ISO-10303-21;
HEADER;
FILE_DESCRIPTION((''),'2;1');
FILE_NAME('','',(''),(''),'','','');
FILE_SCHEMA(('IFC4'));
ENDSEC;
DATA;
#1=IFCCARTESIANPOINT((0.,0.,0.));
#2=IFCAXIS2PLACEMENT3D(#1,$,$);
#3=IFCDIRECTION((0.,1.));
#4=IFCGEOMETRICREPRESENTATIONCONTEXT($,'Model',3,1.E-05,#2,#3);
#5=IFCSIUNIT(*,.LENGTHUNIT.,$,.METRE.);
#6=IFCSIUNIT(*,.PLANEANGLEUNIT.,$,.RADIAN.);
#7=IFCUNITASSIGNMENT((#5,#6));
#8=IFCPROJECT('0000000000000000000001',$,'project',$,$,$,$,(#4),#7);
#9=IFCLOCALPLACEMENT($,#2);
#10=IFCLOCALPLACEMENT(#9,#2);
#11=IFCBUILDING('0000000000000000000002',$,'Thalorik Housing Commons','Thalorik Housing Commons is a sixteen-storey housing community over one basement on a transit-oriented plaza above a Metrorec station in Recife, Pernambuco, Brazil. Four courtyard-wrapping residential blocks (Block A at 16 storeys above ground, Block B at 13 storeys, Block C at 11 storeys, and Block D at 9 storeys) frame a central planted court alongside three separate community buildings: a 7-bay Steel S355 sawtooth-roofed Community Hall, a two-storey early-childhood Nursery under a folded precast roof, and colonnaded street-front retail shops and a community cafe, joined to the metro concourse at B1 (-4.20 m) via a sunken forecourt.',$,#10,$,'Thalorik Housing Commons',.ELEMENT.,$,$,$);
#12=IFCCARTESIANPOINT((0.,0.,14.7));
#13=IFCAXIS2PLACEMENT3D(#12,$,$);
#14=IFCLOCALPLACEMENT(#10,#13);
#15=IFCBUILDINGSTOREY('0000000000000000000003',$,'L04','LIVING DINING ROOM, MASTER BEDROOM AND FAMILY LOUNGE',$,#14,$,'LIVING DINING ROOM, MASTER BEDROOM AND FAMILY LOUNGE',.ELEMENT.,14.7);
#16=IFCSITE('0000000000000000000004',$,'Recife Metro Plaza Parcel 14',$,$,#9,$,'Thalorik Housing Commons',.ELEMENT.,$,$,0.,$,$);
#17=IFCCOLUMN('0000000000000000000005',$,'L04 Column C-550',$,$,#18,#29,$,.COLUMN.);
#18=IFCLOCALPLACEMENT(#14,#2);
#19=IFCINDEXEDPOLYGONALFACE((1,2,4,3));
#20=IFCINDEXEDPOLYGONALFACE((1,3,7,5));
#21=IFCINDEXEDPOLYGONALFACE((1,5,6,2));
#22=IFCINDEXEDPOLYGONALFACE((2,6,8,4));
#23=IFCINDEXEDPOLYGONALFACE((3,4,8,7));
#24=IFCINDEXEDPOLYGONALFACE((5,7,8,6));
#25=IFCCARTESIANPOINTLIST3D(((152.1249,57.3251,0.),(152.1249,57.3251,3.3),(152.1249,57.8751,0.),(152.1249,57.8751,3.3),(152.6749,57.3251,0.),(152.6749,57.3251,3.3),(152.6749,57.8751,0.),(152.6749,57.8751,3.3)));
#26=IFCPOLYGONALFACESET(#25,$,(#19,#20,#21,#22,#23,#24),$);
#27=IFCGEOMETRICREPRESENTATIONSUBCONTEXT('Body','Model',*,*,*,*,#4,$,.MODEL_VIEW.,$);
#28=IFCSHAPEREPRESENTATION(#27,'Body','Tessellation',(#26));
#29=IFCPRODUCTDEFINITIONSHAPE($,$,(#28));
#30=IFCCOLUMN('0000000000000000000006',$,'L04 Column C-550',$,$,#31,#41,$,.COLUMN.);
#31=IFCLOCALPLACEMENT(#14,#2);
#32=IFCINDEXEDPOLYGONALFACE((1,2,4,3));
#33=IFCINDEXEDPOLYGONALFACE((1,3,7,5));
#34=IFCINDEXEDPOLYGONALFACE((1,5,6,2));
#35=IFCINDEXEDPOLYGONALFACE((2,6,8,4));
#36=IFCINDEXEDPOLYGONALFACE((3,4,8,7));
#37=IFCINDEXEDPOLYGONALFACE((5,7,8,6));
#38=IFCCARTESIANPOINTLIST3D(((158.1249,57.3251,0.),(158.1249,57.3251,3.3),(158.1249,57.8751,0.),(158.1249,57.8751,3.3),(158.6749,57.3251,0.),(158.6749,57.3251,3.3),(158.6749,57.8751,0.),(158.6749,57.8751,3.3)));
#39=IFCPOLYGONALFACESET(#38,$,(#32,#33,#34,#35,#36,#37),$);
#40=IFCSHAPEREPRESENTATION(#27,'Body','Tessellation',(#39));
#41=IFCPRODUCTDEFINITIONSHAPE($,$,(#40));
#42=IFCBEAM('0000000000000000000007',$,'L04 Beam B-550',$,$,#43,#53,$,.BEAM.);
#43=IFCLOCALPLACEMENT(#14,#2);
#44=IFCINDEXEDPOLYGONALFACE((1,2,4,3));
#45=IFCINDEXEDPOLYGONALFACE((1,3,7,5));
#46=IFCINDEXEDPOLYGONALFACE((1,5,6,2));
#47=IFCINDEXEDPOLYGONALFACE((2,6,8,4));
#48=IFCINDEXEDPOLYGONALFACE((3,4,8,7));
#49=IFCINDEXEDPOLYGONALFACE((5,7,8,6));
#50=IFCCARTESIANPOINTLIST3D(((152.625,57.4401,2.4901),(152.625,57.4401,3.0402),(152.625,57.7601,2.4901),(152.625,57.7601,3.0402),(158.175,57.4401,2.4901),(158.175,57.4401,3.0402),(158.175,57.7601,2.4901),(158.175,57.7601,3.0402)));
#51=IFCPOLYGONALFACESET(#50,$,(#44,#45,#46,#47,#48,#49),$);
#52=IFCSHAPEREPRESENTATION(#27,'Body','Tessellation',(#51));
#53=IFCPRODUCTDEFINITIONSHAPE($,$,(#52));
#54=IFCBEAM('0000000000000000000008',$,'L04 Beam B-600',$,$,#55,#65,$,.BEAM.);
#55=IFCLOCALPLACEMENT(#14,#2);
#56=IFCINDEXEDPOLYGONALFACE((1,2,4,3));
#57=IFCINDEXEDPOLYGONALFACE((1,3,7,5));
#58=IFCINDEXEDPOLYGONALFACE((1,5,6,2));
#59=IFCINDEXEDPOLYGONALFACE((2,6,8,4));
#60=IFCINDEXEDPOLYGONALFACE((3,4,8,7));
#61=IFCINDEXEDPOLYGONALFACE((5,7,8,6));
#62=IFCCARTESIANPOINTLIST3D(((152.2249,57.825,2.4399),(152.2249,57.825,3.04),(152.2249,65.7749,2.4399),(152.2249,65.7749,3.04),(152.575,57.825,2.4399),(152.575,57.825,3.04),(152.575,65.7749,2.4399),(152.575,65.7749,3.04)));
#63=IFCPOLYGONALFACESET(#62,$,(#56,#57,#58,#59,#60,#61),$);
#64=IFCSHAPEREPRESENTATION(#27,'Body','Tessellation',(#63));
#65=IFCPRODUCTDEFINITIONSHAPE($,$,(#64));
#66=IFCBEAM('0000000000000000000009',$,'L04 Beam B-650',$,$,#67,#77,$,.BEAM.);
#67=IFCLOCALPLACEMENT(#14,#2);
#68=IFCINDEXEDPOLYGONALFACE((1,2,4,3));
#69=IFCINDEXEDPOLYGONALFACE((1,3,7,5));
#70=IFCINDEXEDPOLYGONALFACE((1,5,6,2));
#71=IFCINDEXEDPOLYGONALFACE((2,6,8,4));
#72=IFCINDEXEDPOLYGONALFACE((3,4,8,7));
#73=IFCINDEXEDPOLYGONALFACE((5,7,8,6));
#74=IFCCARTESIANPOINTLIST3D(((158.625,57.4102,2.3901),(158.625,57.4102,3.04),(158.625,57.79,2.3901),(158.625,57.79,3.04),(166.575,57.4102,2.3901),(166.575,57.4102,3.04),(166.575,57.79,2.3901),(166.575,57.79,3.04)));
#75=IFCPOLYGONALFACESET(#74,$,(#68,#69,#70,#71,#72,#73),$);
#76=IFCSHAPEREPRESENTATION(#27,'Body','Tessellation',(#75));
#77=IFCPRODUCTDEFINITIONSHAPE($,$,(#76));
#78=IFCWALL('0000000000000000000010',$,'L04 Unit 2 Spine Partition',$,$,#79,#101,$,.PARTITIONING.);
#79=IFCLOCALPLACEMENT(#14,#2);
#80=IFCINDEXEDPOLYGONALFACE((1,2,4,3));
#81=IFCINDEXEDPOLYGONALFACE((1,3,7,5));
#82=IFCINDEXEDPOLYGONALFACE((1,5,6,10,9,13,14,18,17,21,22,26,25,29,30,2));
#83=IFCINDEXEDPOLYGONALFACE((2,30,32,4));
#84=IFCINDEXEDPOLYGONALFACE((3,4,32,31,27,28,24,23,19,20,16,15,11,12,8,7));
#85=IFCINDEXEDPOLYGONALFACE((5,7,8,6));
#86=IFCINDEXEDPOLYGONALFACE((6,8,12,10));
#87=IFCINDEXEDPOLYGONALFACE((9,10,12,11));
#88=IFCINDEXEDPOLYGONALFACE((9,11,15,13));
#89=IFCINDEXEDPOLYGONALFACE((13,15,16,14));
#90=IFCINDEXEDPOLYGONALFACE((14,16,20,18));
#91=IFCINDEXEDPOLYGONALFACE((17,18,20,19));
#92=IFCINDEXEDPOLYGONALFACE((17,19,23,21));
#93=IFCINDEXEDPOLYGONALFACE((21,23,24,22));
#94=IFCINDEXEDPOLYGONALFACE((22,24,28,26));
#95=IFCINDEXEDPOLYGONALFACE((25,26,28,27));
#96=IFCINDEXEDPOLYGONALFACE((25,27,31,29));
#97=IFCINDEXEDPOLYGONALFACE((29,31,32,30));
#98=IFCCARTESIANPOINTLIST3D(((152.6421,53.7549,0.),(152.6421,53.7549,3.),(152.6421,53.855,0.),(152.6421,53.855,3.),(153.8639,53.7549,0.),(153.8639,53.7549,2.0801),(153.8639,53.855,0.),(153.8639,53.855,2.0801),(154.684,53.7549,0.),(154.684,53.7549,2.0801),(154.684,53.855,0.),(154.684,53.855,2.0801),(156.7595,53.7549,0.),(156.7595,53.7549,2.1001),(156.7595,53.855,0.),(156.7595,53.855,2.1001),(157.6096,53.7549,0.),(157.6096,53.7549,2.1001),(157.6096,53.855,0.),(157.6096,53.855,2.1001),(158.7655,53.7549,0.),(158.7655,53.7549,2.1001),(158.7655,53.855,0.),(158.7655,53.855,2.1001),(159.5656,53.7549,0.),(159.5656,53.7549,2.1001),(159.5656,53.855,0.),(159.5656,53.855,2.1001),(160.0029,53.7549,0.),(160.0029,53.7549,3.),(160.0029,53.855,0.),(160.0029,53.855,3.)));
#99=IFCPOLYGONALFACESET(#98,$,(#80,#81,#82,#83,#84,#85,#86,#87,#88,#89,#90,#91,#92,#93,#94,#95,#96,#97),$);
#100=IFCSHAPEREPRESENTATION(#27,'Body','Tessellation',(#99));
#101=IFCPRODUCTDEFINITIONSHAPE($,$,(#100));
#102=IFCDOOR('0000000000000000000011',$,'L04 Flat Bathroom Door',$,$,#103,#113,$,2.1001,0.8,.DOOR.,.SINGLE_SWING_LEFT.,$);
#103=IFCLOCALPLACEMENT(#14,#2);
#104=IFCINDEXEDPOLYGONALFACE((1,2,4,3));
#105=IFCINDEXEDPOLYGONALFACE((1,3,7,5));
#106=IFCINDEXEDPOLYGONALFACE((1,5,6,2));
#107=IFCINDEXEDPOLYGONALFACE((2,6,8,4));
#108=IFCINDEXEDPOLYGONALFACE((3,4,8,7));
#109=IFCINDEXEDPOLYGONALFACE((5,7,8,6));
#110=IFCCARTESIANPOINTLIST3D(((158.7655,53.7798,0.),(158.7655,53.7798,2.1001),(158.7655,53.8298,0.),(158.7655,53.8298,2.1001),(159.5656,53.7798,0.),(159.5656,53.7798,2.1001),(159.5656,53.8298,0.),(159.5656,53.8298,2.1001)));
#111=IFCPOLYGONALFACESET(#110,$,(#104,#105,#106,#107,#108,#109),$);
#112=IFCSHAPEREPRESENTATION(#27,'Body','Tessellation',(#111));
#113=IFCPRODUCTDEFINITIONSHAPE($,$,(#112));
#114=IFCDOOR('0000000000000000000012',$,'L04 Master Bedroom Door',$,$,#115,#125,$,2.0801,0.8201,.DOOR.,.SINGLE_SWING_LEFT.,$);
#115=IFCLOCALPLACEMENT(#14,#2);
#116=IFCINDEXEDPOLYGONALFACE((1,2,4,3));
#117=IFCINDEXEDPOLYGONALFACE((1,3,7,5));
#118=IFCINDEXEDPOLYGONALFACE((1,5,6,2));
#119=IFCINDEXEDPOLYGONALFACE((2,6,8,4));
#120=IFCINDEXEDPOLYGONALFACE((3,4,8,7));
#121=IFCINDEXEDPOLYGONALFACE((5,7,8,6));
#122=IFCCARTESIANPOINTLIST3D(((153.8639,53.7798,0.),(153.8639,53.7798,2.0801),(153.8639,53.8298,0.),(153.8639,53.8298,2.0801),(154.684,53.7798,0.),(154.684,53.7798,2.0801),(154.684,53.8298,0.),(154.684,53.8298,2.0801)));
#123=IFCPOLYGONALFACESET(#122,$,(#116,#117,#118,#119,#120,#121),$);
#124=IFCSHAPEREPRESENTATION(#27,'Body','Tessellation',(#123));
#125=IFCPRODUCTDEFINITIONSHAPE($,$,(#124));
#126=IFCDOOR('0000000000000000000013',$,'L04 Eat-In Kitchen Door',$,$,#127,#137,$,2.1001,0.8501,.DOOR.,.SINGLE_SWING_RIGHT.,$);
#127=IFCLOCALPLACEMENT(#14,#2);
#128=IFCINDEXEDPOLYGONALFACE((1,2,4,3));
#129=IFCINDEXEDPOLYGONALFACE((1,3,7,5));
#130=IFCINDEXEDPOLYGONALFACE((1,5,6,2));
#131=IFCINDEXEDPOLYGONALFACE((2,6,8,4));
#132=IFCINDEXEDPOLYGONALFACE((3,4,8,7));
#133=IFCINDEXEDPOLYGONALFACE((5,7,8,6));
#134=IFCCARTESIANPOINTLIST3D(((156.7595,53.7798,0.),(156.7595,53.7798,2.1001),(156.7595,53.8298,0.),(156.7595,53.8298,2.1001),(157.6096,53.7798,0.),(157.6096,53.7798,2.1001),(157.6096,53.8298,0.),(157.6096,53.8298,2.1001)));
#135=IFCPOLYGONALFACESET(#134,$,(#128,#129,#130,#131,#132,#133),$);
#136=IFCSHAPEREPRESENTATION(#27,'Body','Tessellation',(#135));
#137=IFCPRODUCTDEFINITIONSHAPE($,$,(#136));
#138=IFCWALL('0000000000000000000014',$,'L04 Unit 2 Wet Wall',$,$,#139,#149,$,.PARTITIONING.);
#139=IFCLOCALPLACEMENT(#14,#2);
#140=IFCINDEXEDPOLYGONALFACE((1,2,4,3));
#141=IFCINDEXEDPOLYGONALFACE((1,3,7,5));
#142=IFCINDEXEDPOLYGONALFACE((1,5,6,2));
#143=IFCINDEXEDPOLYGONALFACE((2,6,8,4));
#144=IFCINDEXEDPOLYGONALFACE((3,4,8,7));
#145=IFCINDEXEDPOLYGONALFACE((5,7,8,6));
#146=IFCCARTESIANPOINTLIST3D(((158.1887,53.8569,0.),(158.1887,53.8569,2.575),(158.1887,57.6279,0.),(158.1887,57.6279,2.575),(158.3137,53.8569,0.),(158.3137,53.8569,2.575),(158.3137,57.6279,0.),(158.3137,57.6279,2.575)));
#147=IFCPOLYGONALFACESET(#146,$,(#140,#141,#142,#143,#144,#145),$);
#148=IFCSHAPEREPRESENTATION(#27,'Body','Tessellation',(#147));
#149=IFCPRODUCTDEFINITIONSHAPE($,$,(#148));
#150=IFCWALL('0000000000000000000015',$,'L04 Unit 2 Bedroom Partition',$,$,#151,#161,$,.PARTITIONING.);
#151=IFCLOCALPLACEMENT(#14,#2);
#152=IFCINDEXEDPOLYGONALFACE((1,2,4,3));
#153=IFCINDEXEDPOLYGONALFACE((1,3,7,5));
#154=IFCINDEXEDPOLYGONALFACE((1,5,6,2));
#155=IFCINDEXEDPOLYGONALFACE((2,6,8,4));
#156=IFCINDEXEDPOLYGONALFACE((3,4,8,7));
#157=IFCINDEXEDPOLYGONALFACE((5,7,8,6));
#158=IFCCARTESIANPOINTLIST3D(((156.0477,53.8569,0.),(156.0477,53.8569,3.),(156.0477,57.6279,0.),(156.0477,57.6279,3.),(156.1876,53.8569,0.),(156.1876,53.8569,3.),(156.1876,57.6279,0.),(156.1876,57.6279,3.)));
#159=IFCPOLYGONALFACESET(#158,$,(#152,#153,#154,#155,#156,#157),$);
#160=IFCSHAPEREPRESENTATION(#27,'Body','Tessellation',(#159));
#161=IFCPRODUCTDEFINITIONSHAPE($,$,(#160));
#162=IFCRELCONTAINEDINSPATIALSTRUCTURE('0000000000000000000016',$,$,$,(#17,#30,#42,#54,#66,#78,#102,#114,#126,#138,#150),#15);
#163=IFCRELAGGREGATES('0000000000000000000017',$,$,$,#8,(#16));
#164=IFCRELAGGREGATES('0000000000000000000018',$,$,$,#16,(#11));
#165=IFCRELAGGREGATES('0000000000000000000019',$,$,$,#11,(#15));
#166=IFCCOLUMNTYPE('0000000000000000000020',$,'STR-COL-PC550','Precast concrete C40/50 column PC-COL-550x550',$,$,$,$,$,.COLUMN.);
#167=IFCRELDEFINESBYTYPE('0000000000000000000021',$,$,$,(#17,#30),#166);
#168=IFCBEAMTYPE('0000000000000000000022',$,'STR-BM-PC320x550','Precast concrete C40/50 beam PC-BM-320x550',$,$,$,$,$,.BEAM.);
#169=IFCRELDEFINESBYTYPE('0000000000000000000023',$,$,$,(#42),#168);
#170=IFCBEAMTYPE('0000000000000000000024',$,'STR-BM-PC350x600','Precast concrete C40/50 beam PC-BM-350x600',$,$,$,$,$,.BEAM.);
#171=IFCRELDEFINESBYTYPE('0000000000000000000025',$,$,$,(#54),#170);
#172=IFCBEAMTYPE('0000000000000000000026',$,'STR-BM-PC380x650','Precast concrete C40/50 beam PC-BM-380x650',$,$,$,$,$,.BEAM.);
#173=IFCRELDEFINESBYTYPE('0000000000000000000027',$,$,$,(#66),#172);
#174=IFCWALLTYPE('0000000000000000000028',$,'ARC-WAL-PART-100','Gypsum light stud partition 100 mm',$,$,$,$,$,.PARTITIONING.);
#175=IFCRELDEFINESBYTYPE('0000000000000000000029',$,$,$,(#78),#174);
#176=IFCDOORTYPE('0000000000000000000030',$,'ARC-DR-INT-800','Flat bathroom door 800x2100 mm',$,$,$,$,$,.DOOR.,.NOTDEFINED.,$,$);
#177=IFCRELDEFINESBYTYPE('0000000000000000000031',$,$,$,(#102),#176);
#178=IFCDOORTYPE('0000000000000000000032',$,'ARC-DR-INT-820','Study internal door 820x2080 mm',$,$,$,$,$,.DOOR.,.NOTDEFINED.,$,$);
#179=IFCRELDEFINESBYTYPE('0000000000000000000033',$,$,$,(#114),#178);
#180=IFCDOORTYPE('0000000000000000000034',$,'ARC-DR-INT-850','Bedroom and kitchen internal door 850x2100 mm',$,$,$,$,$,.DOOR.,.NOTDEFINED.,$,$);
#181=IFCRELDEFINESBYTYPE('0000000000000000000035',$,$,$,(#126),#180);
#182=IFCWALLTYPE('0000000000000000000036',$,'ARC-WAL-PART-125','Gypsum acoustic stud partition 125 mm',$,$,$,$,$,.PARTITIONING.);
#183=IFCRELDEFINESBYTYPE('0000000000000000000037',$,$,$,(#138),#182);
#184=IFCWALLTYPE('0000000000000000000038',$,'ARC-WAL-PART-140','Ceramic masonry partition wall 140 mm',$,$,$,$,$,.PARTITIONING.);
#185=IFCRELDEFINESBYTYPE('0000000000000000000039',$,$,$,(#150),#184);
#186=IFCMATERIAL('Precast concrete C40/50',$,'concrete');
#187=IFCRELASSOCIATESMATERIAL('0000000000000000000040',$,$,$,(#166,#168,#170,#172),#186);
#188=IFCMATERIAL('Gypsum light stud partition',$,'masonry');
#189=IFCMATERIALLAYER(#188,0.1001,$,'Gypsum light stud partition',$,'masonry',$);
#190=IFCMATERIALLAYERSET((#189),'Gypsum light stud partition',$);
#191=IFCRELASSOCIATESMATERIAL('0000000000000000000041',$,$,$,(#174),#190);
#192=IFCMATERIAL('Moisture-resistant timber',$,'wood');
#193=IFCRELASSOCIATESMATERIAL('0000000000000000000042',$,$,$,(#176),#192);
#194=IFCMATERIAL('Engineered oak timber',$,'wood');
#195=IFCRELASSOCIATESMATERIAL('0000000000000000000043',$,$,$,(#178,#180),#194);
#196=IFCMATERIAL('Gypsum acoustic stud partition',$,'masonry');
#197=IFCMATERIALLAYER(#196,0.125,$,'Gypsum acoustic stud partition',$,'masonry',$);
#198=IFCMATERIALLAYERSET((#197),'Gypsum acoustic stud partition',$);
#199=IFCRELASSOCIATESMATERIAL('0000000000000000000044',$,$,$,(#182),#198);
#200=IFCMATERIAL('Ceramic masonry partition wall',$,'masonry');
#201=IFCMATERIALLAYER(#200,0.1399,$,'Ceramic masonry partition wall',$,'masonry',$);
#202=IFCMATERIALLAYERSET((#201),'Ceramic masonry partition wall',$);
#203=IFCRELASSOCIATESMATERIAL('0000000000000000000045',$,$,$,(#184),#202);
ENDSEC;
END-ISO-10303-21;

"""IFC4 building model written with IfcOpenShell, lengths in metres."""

from ifc_helpers import new_model, si_unit, direction, frame, frame_2d, origin, origin_2d, place, context, subcontext, project, spatial, rectangle, extrude, material, layer, layer_set, material_profile, profile_set, type_object, element, fill, save


model = new_model("IFC4")

# Units and contexts
model_context = context("Model", 3, precision=1e-05, world=origin(), true_north=direction((0.0, 1.0)))
body_context = subcontext(model_context, "Body", "Model", "MODEL_VIEW")
ifc_project = project(units=[si_unit("LENGTHUNIT", "METRE"), si_unit("PLANEANGLEUNIT", "RADIAN")], contexts=[model_context])

# Site, building, storey
site_placement = place(None, origin())
site = spatial("IfcSite", under=ifc_project, at=site_placement, Name="Recife Metro Plaza Parcel 14", LongName="Thalorik Housing Commons", CompositionType="ELEMENT", RefElevation=0.0)
building_placement = place(site_placement, origin())
building = spatial("IfcBuilding", under=site, at=building_placement, Name="Thalorik Housing Commons", Description="Thalorik Housing Commons is a sixteen-storey housing community over one basement on a transit-oriented plaza above a Metrorec station in Recife, Pernambuco, Brazil. Four courtyard-wrapping residential blocks (Block A at 16 storeys above ground, Block B at 13 storeys, Block C at 11 storeys, and Block D at 9 storeys) frame a central planted court alongside three separate community buildings: a 7-bay Steel S355 sawtooth-roofed Community Hall, a two-storey early-childhood Nursery under a folded precast roof, and colonnaded street-front retail shops and a community cafe, joined to the metro concourse at B1 (-4.20 m) via a sunken forecourt.", LongName="Thalorik Housing Commons", CompositionType="ELEMENT")
storey_placement = place(building_placement, frame((0.0, 0.0, 14.7)))
storey = spatial("IfcBuildingStorey", under=building, at=storey_placement, Name="L04", Description="LIVING DINING ROOM, MASTER BEDROOM AND FAMILY LOUNGE", LongName="LIVING DINING ROOM, MASTER BEDROOM AND FAMILY LOUNGE", CompositionType="ELEMENT", Elevation=14.7)

# Columns
ifc_material_1 = material(Name="Precast concrete C40/50", Category="concrete")
ifc_material_profile_1 = material_profile(ifc_material_1, rectangle(XDim=0.55, YDim=0.55, at=origin_2d()), Name="PC 550x550", Category="concrete")
ifc_profile_set_1 = profile_set([ifc_material_profile_1], Name="Precast concrete C40/50")
column_type = type_object("IfcColumnType", Name="STR-COL-PC550", Description="Precast concrete C40/50 column PC-COL-550x550", PredefinedType="COLUMN", material=ifc_profile_set_1)
for number, where, z_axis, x_axis, name in (
    (1, (152.3999, 57.6001, 0.0), (0.0, 0.0, 1.0), (1.0, 0.0, 0.0), "L04 Column C-550"),
    (2, (158.3999, 57.6001, 0.0), (0.0, 0.0, 1.0), (1.0, 0.0, 0.0), "L04 Column C-550"),
):
    element("IfcColumn", number, at=place(storey_placement, frame(where, z_axis=z_axis, x_axis=x_axis)), inside=storey, type_object=column_type, Name=name, PredefinedType="COLUMN", context=body_context, shape_type="SweptSolid", body=[
        extrude(rectangle(XDim=0.55, YDim=0.55, at=origin_2d()), origin(), (0.0, 0.0, 1.0), 3.3),
    ])

# Beams
ifc_material_profile_2 = material_profile(ifc_material_1, rectangle(XDim=0.3201, YDim=0.55, at=origin_2d()), Name="PC 320x550", Category="concrete")
ifc_profile_set_2 = profile_set([ifc_material_profile_2], Name="Precast concrete C40/50")
beam_type_1 = type_object("IfcBeamType", Name="STR-BM-PC320x550", Description="Precast concrete C40/50 beam PC-BM-320x550", PredefinedType="BEAM", material=ifc_profile_set_2)
beam_1_placement = place(storey_placement, frame((152.625, 57.6001, 2.7651), z_axis=(1.0, 0.0, 0.0), x_axis=(0.0, 1.0, 0.0)))
element("IfcBeam", 3, at=beam_1_placement, inside=storey, type_object=beam_type_1, Name="L04 Beam B-550", PredefinedType="BEAM", context=body_context, shape_type="SweptSolid", body=[
    extrude(rectangle(XDim=0.3201, YDim=0.55, at=origin_2d()), origin(), (0.0, 0.0, 1.0), 5.55),
])
ifc_material_profile_3 = material_profile(ifc_material_1, rectangle(XDim=0.3501, YDim=0.6001, at=origin_2d()), Name="PC 350x600", Category="concrete")
ifc_profile_set_3 = profile_set([ifc_material_profile_3], Name="Precast concrete C40/50")
beam_type_2 = type_object("IfcBeamType", Name="STR-BM-PC350x600", Description="Precast concrete C40/50 beam PC-BM-350x600", PredefinedType="BEAM", material=ifc_profile_set_3)
beam_2_placement = place(storey_placement, frame((152.3999, 57.825, 2.74), z_axis=(0.0, 1.0, 0.0), x_axis=(-1.0, 0.0, 0.0)))
element("IfcBeam", 4, at=beam_2_placement, inside=storey, type_object=beam_type_2, Name="L04 Beam B-600", PredefinedType="BEAM", context=body_context, shape_type="SweptSolid", body=[
    extrude(rectangle(XDim=0.3501, YDim=0.6001, at=origin_2d()), origin(), (0.0, 0.0, 1.0), 7.95),
])
ifc_material_profile_4 = material_profile(ifc_material_1, rectangle(XDim=0.3799, YDim=0.6499, at=origin_2d()), Name="PC 380x650", Category="concrete")
ifc_profile_set_4 = profile_set([ifc_material_profile_4], Name="Precast concrete C40/50")
beam_type_3 = type_object("IfcBeamType", Name="STR-BM-PC380x650", Description="Precast concrete C40/50 beam PC-BM-380x650", PredefinedType="BEAM", material=ifc_profile_set_4)
beam_3_placement = place(storey_placement, frame((158.625, 57.6001, 2.7151), z_axis=(1.0, 0.0, 0.0), x_axis=(0.0, 1.0, 0.0)))
element("IfcBeam", 5, at=beam_3_placement, inside=storey, type_object=beam_type_3, Name="L04 Beam B-650", PredefinedType="BEAM", context=body_context, shape_type="SweptSolid", body=[
    extrude(rectangle(XDim=0.3799, YDim=0.6499, at=origin_2d()), origin(), (0.0, 0.0, 1.0), 7.95),
])

# Wall, openings, doors
ifc_material_2 = material(Name="Gypsum light stud partition", Category="masonry")
ifc_layer_1 = layer(ifc_material_2, 0.1001, Name="Gypsum light stud partition", Category="masonry")
ifc_layer_set_1 = layer_set([ifc_layer_1], Name="Gypsum light stud partition")
wall_type_1 = type_object("IfcWallType", Name="ARC-WAL-PART-100", Description="Gypsum light stud partition 100 mm", PredefinedType="PARTITIONING", material=ifc_layer_set_1)
wall_1_placement = place(storey_placement, frame((152.6421, 53.8049, 0.0), z_axis=(0.0, 0.0, 1.0), x_axis=(1.0, 0.0, 0.0)))
wall_1 = element("IfcWall", 6, at=wall_1_placement, inside=storey, type_object=wall_type_1, Name="L04 Unit 2 Spine Partition", PredefinedType="PARTITIONING", context=body_context, shape_type="SweptSolid", body=[
    extrude(rectangle(XDim=7.3608, YDim=0.1001, at=frame_2d((3.6804, 0.0))), origin(), (0.0, 0.0, 1.0), 3.0),
])
opening_1_placement = place(wall_1_placement, frame((1.2217, 0.0, 0.0)))
opening_1 = element("IfcOpeningElement", 7, at=opening_1_placement, cuts=wall_1, PredefinedType="OPENING", context=body_context, shape_type="SweptSolid", body=[
    extrude(rectangle(XDim=0.8201, YDim=2.0801, at=frame_2d((0.4102, 1.04))), frame((0.0, 0.0601, 0.0), z_axis=(0.0, -1.0, 0.0), x_axis=(1.0, 0.0, 0.0)), (0.0, 0.0, 1.0), 0.1201),
])
opening_2_placement = place(wall_1_placement, frame((4.1174, 0.0, 0.0)))
opening_2 = element("IfcOpeningElement", 8, at=opening_2_placement, cuts=wall_1, PredefinedType="OPENING", context=body_context, shape_type="SweptSolid", body=[
    extrude(rectangle(XDim=0.8501, YDim=2.1001, at=frame_2d((0.425, 1.05))), frame((0.0, 0.0601, 0.0), z_axis=(0.0, -1.0, 0.0), x_axis=(1.0, 0.0, 0.0)), (0.0, 0.0, 1.0), 0.1201),
])
opening_3_placement = place(wall_1_placement, frame((6.1235, 0.0, 0.0)))
opening_3 = element("IfcOpeningElement", 9, at=opening_3_placement, cuts=wall_1, PredefinedType="OPENING", context=body_context, shape_type="SweptSolid", body=[
    extrude(rectangle(XDim=0.8, YDim=2.1001, at=frame_2d((0.3999, 1.05))), frame((0.0, 0.0601, 0.0), z_axis=(0.0, -1.0, 0.0), x_axis=(1.0, 0.0, 0.0)), (0.0, 0.0, 1.0), 0.1201),
])
ifc_material_3 = material(Name="Moisture-resistant timber", Category="wood")
door_type_1 = type_object("IfcDoorType", Name="ARC-DR-INT-800", Description="Flat bathroom door 800x2100 mm", OperationType="NOTDEFINED", PredefinedType="DOOR", material=ifc_material_3)
door_1_placement = place(opening_3_placement, origin())
door_1 = element("IfcDoor", 10, at=door_1_placement, inside=storey, type_object=door_type_1, Name="L04 Flat Bathroom Door", OperationType="SINGLE_SWING_LEFT", OverallHeight=2.1001, OverallWidth=0.8, PredefinedType="DOOR", context=body_context, shape_type="SweptSolid", body=[
    extrude(rectangle(XDim=0.8, YDim=2.1001, at=frame_2d((0.3999, 1.05))), frame((0.0, 0.0249, 0.0), z_axis=(0.0, -1.0, 0.0), x_axis=(1.0, 0.0, 0.0)), (0.0, 0.0, 1.0), 0.05),
])
fill(opening_3, door_1)
ifc_material_4 = material(Name="Engineered oak timber", Category="wood")
door_type_2 = type_object("IfcDoorType", Name="ARC-DR-INT-820", Description="Study internal door 820x2080 mm", OperationType="NOTDEFINED", PredefinedType="DOOR", material=ifc_material_4)
door_2_placement = place(opening_1_placement, origin())
door_2 = element("IfcDoor", 11, at=door_2_placement, inside=storey, type_object=door_type_2, Name="L04 Master Bedroom Door", OperationType="SINGLE_SWING_LEFT", OverallHeight=2.0801, OverallWidth=0.8201, PredefinedType="DOOR", context=body_context, shape_type="SweptSolid", body=[
    extrude(rectangle(XDim=0.8201, YDim=2.0801, at=frame_2d((0.4102, 1.04))), frame((0.0, 0.0249, 0.0), z_axis=(0.0, -1.0, 0.0), x_axis=(1.0, 0.0, 0.0)), (0.0, 0.0, 1.0), 0.05),
])
fill(opening_1, door_2)
door_type_3 = type_object("IfcDoorType", Name="ARC-DR-INT-850", Description="Bedroom and kitchen internal door 850x2100 mm", OperationType="NOTDEFINED", PredefinedType="DOOR", material=ifc_material_4)
door_3_placement = place(opening_2_placement, origin())
door_3 = element("IfcDoor", 12, at=door_3_placement, inside=storey, type_object=door_type_3, Name="L04 Eat-In Kitchen Door", OperationType="SINGLE_SWING_RIGHT", OverallHeight=2.1001, OverallWidth=0.8501, PredefinedType="DOOR", context=body_context, shape_type="SweptSolid", body=[
    extrude(rectangle(XDim=0.8501, YDim=2.1001, at=frame_2d((0.425, 1.05))), frame((0.0, 0.0249, 0.0), z_axis=(0.0, -1.0, 0.0), x_axis=(1.0, 0.0, 0.0)), (0.0, 0.0, 1.0), 0.05),
])
fill(opening_2, door_3)

# Walls
ifc_material_5 = material(Name="Gypsum acoustic stud partition", Category="masonry")
ifc_layer_2 = layer(ifc_material_5, 0.125, Name="Gypsum acoustic stud partition", Category="masonry")
ifc_layer_set_2 = layer_set([ifc_layer_2], Name="Gypsum acoustic stud partition")
wall_type_2 = type_object("IfcWallType", Name="ARC-WAL-PART-125", Description="Gypsum acoustic stud partition 125 mm", PredefinedType="PARTITIONING", material=ifc_layer_set_2)
wall_2_placement = place(storey_placement, frame((158.2512, 53.8569, 0.0), z_axis=(0.0, 0.0, 1.0), x_axis=(0.0, 1.0, 0.0)))
element("IfcWall", 13, at=wall_2_placement, inside=storey, type_object=wall_type_2, Name="L04 Unit 2 Wet Wall", PredefinedType="PARTITIONING", context=body_context, shape_type="SweptSolid", body=[
    extrude(rectangle(XDim=3.771, YDim=0.125, at=frame_2d((1.8855, 0.0))), origin(), (0.0, 0.0, 1.0), 2.575),
])
ifc_material_6 = material(Name="Ceramic masonry partition wall", Category="masonry")
ifc_layer_3 = layer(ifc_material_6, 0.1399, Name="Ceramic masonry partition wall", Category="masonry")
ifc_layer_set_3 = layer_set([ifc_layer_3], Name="Ceramic masonry partition wall")
wall_type_3 = type_object("IfcWallType", Name="ARC-WAL-PART-140", Description="Ceramic masonry partition wall 140 mm", PredefinedType="PARTITIONING", material=ifc_layer_set_3)
wall_3_placement = place(storey_placement, frame((156.1177, 53.8569, 0.0), z_axis=(0.0, 0.0, 1.0), x_axis=(0.0, 1.0, 0.0)))
element("IfcWall", 14, at=wall_3_placement, inside=storey, type_object=wall_type_3, Name="L04 Unit 2 Bedroom Partition", PredefinedType="PARTITIONING", context=body_context, shape_type="SweptSolid", body=[
    extrude(rectangle(XDim=3.771, YDim=0.1399, at=frame_2d((1.8855, 0.0))), origin(), (0.0, 0.0, 1.0), 3.0),
])

save(model, "model.ifc")
